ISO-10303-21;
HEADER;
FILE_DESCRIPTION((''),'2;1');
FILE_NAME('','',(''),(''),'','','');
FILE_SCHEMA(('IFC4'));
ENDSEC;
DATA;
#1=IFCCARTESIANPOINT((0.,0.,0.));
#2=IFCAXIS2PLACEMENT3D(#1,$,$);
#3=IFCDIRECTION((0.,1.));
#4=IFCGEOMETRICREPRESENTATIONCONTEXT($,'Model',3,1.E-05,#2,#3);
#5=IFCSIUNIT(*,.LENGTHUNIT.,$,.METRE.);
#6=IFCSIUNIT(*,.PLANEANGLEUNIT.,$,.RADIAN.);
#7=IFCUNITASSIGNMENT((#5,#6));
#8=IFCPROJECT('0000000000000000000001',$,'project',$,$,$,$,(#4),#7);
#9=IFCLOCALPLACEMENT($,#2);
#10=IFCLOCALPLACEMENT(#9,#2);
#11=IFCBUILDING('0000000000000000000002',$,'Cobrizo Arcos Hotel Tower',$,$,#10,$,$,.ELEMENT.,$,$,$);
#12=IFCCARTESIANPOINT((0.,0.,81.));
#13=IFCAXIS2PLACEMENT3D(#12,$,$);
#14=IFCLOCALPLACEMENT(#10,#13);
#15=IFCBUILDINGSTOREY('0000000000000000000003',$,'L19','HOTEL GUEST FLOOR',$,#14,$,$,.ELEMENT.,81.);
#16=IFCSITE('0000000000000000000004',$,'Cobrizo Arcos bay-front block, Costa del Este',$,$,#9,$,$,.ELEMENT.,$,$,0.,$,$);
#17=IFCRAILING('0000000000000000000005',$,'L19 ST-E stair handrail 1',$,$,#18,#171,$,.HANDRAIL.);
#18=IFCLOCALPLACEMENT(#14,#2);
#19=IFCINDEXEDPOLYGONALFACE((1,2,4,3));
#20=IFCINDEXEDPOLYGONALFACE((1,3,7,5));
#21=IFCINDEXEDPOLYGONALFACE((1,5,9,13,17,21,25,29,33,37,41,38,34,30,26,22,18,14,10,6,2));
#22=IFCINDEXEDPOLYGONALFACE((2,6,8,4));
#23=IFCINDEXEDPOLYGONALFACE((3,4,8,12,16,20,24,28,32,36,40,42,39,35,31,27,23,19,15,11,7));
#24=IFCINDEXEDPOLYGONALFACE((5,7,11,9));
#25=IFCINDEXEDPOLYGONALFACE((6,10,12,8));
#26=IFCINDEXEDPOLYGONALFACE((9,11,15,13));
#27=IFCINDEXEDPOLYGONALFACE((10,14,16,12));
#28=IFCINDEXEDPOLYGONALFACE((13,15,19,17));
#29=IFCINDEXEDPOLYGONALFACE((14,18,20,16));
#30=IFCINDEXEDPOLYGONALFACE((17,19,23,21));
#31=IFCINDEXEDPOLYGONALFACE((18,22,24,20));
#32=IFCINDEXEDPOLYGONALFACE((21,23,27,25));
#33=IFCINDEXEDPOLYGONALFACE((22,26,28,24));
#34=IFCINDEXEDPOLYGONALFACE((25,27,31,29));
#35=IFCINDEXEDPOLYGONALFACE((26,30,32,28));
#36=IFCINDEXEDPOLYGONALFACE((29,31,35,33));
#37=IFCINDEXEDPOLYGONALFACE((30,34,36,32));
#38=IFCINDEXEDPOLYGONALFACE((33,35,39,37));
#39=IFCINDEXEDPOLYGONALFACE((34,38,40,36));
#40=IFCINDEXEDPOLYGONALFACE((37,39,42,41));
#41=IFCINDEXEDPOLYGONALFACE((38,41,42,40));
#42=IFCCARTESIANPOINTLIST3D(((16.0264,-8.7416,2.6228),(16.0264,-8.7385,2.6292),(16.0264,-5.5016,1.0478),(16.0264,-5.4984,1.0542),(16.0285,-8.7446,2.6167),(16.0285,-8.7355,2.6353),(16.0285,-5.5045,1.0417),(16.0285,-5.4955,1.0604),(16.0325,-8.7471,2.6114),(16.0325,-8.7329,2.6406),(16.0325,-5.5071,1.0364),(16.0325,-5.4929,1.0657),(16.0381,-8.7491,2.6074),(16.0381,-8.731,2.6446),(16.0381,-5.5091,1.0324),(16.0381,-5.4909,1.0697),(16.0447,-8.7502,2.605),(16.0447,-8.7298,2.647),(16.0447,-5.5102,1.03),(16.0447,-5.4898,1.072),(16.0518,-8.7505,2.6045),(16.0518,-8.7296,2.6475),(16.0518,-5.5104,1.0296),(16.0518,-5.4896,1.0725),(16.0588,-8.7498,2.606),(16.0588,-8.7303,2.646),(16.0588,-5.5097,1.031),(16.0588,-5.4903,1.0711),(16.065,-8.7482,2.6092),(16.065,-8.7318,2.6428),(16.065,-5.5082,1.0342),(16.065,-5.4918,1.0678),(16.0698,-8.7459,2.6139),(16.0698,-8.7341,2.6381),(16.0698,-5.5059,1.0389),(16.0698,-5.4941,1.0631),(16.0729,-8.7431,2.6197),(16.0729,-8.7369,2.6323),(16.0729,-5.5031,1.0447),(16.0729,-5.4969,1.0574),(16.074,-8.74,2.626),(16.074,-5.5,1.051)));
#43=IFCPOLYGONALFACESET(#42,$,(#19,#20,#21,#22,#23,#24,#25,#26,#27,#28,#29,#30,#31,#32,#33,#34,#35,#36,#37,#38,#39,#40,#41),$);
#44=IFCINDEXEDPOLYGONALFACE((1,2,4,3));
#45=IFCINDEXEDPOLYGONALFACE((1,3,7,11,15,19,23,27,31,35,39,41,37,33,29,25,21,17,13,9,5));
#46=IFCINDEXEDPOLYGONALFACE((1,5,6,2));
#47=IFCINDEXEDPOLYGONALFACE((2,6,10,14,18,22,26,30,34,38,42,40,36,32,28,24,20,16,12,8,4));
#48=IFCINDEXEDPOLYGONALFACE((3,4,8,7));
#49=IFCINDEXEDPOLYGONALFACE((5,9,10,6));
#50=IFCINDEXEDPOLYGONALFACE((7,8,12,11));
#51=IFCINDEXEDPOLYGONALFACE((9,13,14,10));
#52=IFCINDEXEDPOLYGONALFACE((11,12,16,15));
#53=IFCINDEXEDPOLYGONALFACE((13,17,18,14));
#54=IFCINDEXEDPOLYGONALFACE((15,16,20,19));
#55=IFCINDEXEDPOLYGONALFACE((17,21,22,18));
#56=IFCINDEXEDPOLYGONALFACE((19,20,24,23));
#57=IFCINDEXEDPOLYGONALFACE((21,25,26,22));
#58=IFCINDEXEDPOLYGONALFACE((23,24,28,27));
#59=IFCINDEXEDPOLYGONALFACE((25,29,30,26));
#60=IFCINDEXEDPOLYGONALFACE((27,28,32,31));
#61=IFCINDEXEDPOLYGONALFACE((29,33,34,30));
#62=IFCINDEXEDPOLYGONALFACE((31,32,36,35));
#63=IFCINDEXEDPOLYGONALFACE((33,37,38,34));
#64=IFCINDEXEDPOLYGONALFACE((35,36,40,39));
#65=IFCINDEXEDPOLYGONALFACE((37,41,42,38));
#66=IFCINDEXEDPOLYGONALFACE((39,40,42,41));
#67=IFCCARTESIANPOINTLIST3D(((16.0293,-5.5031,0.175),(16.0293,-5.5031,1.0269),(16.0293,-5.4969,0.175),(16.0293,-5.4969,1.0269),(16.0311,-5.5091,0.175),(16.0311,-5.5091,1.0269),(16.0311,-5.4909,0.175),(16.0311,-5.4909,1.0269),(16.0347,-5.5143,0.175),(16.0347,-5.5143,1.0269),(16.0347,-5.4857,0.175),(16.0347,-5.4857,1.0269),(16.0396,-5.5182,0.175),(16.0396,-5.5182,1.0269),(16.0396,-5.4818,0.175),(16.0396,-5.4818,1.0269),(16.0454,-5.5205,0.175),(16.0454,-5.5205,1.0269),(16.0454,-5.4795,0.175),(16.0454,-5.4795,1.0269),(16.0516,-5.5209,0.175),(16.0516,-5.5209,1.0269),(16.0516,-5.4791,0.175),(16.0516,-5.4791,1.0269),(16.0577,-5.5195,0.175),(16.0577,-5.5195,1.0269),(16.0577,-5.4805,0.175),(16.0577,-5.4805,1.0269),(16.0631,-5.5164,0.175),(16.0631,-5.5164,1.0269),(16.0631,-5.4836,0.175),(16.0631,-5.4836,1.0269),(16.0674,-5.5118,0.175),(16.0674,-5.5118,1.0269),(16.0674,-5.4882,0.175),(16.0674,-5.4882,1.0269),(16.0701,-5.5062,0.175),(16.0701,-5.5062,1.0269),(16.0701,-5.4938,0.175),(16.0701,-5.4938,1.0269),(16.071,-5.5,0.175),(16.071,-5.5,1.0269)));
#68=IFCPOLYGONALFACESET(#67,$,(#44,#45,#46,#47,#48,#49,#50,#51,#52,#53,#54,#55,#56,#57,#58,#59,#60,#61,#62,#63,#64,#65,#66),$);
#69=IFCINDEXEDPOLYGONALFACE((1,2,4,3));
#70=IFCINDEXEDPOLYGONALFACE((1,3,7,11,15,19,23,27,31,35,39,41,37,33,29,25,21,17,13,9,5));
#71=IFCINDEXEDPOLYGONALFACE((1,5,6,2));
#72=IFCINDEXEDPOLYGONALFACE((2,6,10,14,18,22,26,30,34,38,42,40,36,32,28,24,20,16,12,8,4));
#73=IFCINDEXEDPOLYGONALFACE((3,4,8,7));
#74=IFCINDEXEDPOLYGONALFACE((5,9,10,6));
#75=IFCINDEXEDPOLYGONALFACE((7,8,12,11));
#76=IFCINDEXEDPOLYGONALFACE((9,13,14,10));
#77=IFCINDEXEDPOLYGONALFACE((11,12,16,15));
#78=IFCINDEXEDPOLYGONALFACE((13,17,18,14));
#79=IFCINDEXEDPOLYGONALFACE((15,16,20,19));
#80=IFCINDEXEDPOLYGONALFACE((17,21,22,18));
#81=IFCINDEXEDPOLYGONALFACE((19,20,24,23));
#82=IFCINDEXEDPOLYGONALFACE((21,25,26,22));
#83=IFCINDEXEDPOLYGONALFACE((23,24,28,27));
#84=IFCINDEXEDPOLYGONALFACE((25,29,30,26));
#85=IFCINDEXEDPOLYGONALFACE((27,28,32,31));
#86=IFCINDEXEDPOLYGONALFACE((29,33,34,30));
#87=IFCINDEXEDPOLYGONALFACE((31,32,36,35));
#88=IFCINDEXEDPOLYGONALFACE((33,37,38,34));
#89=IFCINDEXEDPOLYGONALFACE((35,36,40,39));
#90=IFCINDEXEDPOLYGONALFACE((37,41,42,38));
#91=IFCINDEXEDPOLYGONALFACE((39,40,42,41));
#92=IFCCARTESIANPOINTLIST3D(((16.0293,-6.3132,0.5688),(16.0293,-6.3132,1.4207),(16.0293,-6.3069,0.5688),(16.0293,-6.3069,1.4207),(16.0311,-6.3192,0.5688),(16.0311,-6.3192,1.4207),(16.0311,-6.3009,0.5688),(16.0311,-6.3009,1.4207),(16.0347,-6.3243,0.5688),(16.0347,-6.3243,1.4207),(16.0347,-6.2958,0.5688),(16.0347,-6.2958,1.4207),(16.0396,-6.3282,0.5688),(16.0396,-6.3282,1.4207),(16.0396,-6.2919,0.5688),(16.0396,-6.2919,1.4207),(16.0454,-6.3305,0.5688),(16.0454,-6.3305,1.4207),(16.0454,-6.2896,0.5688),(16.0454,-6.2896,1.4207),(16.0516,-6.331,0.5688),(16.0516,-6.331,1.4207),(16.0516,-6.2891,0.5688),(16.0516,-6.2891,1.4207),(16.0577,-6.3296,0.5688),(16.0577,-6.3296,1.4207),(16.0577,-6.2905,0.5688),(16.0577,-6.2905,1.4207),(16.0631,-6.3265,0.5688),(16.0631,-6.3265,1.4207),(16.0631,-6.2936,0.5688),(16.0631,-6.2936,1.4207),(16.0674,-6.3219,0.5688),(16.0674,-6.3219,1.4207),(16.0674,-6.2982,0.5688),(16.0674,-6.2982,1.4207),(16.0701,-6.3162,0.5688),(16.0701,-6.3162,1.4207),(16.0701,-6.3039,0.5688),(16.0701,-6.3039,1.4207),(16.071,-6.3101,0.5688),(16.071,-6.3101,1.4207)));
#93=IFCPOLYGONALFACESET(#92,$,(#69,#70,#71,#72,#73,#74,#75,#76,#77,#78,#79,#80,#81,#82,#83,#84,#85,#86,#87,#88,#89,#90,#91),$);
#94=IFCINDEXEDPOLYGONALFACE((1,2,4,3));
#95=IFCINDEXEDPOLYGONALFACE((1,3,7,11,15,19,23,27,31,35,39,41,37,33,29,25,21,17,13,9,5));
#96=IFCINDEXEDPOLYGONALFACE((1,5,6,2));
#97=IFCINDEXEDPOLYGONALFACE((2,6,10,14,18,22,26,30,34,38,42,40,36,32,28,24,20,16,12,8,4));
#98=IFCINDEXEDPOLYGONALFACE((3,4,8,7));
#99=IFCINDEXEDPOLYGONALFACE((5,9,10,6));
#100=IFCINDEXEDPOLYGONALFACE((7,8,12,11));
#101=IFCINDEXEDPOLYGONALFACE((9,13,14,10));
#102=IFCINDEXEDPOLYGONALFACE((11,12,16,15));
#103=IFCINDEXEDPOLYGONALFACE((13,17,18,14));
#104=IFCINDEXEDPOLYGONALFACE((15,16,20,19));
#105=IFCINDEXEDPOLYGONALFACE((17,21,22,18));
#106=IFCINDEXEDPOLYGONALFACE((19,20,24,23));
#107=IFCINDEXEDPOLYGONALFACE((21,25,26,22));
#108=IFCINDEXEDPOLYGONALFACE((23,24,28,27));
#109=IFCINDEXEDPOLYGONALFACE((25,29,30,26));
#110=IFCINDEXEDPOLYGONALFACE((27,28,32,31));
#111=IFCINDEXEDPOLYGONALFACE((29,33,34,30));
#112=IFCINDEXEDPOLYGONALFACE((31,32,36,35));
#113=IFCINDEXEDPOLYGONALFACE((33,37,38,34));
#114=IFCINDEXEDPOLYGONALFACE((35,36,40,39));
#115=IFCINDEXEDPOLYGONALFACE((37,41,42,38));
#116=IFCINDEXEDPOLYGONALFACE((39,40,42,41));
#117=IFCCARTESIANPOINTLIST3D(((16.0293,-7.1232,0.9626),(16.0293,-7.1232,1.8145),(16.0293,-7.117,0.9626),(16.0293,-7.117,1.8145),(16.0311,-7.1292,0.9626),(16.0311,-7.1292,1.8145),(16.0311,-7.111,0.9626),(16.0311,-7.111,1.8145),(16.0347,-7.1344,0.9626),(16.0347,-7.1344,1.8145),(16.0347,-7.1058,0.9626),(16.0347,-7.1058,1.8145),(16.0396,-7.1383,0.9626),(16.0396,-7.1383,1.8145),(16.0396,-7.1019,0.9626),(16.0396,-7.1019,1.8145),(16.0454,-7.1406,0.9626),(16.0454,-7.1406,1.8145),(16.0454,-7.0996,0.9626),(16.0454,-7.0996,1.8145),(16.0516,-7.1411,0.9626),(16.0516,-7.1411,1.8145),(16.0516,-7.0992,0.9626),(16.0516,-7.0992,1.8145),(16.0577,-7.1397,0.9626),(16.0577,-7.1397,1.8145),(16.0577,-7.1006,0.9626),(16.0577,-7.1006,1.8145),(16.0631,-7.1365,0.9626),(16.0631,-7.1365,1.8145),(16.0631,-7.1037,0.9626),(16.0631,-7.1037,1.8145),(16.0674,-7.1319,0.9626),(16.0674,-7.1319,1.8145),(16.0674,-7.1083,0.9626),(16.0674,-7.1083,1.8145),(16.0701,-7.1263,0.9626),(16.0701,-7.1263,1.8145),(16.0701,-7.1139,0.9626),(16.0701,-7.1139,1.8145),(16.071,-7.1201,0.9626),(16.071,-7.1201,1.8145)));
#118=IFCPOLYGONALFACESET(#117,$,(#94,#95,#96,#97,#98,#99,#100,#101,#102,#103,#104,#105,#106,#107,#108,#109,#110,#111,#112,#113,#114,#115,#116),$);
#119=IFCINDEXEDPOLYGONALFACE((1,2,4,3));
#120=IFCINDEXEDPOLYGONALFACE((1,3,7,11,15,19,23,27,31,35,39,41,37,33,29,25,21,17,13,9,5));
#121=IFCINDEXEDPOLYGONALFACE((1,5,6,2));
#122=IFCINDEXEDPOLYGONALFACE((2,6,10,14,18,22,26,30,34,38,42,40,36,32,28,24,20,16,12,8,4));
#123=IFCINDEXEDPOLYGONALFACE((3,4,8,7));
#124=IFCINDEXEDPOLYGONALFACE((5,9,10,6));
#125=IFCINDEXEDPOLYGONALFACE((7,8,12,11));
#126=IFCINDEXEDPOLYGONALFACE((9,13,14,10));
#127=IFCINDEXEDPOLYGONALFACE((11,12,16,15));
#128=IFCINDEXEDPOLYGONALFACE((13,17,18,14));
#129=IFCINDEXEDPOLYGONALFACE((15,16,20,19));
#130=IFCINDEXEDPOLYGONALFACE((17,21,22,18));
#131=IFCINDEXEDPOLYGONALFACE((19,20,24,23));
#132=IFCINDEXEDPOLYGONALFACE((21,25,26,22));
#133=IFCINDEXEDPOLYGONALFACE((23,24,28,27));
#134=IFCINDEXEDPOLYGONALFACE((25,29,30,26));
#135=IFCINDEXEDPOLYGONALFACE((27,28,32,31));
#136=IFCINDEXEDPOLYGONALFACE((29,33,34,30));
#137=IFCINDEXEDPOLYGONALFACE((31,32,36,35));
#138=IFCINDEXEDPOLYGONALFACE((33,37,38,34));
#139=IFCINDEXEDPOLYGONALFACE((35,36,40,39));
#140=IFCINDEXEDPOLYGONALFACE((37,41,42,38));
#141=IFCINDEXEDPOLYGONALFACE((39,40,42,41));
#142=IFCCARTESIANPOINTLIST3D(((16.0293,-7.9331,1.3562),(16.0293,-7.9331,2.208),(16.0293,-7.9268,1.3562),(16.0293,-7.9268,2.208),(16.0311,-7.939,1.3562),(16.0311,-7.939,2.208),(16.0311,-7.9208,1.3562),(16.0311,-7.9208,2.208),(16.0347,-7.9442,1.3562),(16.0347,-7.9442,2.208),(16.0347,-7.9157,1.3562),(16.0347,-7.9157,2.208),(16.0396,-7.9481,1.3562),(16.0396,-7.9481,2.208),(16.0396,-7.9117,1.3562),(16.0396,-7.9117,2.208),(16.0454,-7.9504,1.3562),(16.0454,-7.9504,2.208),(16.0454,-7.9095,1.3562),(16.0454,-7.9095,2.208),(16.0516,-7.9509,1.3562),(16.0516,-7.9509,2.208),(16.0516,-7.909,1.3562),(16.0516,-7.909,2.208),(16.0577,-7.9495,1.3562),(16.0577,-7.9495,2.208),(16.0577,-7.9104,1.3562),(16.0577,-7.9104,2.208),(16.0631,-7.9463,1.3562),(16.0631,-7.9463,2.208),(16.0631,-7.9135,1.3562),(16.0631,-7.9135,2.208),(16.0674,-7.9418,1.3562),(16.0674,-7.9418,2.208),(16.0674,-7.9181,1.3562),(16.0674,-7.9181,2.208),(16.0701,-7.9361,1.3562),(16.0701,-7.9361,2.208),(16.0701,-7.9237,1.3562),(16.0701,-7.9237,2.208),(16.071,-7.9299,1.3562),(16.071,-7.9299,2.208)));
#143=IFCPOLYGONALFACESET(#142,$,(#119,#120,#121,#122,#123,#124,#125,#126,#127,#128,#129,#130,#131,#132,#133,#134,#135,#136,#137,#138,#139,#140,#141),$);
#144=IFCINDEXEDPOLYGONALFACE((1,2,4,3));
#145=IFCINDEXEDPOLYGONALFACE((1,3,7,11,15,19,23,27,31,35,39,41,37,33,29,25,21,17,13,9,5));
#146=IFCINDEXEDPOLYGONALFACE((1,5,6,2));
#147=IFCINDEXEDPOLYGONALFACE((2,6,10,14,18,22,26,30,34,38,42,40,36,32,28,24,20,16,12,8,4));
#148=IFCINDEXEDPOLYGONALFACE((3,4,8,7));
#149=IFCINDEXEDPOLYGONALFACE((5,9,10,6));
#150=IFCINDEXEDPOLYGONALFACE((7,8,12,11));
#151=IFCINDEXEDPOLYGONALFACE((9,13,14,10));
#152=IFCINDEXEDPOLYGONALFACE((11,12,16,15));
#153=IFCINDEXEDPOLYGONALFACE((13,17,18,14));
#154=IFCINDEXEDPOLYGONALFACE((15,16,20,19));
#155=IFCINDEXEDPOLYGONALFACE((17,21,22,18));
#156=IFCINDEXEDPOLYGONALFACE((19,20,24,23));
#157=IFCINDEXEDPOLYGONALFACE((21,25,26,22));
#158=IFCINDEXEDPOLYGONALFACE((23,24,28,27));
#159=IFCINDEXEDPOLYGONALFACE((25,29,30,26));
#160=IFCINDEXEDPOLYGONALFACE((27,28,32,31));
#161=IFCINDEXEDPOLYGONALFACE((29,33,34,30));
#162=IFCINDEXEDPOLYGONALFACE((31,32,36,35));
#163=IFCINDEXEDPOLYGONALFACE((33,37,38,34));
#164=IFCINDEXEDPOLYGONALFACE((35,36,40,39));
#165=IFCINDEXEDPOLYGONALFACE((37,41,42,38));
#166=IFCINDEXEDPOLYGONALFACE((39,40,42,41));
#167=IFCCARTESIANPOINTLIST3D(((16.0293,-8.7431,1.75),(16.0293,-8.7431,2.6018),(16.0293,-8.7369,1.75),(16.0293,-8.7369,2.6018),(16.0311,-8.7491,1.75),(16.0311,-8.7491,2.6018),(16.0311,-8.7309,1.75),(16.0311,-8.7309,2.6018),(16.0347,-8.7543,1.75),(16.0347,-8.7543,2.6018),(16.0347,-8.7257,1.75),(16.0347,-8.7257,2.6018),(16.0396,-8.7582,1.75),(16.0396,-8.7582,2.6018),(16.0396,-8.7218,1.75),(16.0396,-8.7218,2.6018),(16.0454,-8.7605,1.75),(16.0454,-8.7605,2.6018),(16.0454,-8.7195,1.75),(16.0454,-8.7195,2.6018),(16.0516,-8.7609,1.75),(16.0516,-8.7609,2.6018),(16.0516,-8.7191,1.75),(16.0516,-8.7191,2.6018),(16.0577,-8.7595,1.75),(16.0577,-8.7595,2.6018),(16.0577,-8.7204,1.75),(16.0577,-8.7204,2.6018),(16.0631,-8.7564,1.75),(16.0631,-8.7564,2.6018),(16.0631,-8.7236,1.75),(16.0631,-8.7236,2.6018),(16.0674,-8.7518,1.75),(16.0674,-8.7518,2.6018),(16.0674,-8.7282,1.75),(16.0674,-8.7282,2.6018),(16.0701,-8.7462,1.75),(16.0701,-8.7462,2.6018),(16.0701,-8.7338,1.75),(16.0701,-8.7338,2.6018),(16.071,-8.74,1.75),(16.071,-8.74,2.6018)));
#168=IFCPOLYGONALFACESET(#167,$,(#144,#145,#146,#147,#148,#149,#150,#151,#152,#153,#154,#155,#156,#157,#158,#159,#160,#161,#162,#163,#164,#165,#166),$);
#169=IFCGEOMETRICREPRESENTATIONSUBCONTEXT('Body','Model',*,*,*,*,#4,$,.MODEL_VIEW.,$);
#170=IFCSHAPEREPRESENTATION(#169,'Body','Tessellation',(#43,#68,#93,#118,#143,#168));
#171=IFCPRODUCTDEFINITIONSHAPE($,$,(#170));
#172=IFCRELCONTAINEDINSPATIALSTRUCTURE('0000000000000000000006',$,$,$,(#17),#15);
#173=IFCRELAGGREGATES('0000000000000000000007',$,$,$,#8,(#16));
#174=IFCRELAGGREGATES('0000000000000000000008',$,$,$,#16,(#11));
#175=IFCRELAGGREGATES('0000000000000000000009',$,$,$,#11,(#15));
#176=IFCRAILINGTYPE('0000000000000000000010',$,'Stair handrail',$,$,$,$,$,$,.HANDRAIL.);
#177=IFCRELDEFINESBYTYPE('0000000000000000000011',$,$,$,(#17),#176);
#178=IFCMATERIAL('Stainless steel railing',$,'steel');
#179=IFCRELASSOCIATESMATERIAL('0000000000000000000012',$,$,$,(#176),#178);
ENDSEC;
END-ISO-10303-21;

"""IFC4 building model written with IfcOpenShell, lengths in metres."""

from ifc_helpers import new_model, si_unit, direction, frame, origin, origin_2d, place, context, subcontext, project, spatial, circle, extrude, material, type_object, element, save


model = new_model("IFC4")

# Units and contexts
model_context = context("Model", 3, precision=1e-05, world=origin(), true_north=direction((0.0, 1.0)))
body_context = subcontext(model_context, "Body", "Model", "MODEL_VIEW")
ifc_project = project(units=[si_unit("LENGTHUNIT", "METRE"), si_unit("PLANEANGLEUNIT", "RADIAN")], contexts=[model_context])

# Site, building, storey
site_placement = place(None, origin())
site = spatial("IfcSite", under=ifc_project, at=site_placement, Name="Cobrizo Arcos bay-front block, Costa del Este", CompositionType="ELEMENT", RefElevation=0.0)
building_placement = place(site_placement, origin())
building = spatial("IfcBuilding", under=site, at=building_placement, Name="Cobrizo Arcos Hotel Tower", CompositionType="ELEMENT")
storey_placement = place(building_placement, frame((0.0, 0.0, 81.0)))
storey = spatial("IfcBuildingStorey", under=building, at=storey_placement, Name="L19", Description="HOTEL GUEST FLOOR", CompositionType="ELEMENT", Elevation=81.0)

# Railing
ifc_material_1 = material(Name="Stainless steel railing", Category="steel")
railing_type_1 = type_object("IfcRailingType", Name="Stair handrail", PredefinedType="HANDRAIL", material=ifc_material_1)
railing_1_placement = place(storey_placement, frame((16.05, -5.5, 0.175)))
element("IfcRailing", 1, at=railing_1_placement, inside=storey, type_object=railing_type_1, Name="L19 ST-E stair handrail 1", PredefinedType="HANDRAIL", context=body_context, shape_type="SweptSolid", body=[
    extrude(circle(Radius=0.0239, at=origin_2d()), frame((0.0, 0.0, 0.876), z_axis=(0.0, -0.899373, 0.437183), x_axis=(1.0, 0.0, 0.0)), (0.0, 0.0, 1.0), 3.6025),
    extrude(circle(Radius=0.021, at=origin_2d()), origin(), (0.0, 0.0, 1.0), 0.8518),
    extrude(circle(Radius=0.021, at=origin_2d()), frame((0.0, -0.8101, 0.3938)), (0.0, 0.0, 1.0), 0.8518),
    extrude(circle(Radius=0.021, at=origin_2d()), frame((0.0, -1.6201, 0.7876)), (0.0, 0.0, 1.0), 0.8518),
    extrude(circle(Radius=0.021, at=origin_2d()), frame((0.0, -2.4299, 1.1812)), (0.0, 0.0, 1.0), 0.8518),
    extrude(circle(Radius=0.021, at=origin_2d()), frame((0.0, -3.24, 1.575)), (0.0, 0.0, 1.0), 0.8518),
])

save(model, "model.ifc")
